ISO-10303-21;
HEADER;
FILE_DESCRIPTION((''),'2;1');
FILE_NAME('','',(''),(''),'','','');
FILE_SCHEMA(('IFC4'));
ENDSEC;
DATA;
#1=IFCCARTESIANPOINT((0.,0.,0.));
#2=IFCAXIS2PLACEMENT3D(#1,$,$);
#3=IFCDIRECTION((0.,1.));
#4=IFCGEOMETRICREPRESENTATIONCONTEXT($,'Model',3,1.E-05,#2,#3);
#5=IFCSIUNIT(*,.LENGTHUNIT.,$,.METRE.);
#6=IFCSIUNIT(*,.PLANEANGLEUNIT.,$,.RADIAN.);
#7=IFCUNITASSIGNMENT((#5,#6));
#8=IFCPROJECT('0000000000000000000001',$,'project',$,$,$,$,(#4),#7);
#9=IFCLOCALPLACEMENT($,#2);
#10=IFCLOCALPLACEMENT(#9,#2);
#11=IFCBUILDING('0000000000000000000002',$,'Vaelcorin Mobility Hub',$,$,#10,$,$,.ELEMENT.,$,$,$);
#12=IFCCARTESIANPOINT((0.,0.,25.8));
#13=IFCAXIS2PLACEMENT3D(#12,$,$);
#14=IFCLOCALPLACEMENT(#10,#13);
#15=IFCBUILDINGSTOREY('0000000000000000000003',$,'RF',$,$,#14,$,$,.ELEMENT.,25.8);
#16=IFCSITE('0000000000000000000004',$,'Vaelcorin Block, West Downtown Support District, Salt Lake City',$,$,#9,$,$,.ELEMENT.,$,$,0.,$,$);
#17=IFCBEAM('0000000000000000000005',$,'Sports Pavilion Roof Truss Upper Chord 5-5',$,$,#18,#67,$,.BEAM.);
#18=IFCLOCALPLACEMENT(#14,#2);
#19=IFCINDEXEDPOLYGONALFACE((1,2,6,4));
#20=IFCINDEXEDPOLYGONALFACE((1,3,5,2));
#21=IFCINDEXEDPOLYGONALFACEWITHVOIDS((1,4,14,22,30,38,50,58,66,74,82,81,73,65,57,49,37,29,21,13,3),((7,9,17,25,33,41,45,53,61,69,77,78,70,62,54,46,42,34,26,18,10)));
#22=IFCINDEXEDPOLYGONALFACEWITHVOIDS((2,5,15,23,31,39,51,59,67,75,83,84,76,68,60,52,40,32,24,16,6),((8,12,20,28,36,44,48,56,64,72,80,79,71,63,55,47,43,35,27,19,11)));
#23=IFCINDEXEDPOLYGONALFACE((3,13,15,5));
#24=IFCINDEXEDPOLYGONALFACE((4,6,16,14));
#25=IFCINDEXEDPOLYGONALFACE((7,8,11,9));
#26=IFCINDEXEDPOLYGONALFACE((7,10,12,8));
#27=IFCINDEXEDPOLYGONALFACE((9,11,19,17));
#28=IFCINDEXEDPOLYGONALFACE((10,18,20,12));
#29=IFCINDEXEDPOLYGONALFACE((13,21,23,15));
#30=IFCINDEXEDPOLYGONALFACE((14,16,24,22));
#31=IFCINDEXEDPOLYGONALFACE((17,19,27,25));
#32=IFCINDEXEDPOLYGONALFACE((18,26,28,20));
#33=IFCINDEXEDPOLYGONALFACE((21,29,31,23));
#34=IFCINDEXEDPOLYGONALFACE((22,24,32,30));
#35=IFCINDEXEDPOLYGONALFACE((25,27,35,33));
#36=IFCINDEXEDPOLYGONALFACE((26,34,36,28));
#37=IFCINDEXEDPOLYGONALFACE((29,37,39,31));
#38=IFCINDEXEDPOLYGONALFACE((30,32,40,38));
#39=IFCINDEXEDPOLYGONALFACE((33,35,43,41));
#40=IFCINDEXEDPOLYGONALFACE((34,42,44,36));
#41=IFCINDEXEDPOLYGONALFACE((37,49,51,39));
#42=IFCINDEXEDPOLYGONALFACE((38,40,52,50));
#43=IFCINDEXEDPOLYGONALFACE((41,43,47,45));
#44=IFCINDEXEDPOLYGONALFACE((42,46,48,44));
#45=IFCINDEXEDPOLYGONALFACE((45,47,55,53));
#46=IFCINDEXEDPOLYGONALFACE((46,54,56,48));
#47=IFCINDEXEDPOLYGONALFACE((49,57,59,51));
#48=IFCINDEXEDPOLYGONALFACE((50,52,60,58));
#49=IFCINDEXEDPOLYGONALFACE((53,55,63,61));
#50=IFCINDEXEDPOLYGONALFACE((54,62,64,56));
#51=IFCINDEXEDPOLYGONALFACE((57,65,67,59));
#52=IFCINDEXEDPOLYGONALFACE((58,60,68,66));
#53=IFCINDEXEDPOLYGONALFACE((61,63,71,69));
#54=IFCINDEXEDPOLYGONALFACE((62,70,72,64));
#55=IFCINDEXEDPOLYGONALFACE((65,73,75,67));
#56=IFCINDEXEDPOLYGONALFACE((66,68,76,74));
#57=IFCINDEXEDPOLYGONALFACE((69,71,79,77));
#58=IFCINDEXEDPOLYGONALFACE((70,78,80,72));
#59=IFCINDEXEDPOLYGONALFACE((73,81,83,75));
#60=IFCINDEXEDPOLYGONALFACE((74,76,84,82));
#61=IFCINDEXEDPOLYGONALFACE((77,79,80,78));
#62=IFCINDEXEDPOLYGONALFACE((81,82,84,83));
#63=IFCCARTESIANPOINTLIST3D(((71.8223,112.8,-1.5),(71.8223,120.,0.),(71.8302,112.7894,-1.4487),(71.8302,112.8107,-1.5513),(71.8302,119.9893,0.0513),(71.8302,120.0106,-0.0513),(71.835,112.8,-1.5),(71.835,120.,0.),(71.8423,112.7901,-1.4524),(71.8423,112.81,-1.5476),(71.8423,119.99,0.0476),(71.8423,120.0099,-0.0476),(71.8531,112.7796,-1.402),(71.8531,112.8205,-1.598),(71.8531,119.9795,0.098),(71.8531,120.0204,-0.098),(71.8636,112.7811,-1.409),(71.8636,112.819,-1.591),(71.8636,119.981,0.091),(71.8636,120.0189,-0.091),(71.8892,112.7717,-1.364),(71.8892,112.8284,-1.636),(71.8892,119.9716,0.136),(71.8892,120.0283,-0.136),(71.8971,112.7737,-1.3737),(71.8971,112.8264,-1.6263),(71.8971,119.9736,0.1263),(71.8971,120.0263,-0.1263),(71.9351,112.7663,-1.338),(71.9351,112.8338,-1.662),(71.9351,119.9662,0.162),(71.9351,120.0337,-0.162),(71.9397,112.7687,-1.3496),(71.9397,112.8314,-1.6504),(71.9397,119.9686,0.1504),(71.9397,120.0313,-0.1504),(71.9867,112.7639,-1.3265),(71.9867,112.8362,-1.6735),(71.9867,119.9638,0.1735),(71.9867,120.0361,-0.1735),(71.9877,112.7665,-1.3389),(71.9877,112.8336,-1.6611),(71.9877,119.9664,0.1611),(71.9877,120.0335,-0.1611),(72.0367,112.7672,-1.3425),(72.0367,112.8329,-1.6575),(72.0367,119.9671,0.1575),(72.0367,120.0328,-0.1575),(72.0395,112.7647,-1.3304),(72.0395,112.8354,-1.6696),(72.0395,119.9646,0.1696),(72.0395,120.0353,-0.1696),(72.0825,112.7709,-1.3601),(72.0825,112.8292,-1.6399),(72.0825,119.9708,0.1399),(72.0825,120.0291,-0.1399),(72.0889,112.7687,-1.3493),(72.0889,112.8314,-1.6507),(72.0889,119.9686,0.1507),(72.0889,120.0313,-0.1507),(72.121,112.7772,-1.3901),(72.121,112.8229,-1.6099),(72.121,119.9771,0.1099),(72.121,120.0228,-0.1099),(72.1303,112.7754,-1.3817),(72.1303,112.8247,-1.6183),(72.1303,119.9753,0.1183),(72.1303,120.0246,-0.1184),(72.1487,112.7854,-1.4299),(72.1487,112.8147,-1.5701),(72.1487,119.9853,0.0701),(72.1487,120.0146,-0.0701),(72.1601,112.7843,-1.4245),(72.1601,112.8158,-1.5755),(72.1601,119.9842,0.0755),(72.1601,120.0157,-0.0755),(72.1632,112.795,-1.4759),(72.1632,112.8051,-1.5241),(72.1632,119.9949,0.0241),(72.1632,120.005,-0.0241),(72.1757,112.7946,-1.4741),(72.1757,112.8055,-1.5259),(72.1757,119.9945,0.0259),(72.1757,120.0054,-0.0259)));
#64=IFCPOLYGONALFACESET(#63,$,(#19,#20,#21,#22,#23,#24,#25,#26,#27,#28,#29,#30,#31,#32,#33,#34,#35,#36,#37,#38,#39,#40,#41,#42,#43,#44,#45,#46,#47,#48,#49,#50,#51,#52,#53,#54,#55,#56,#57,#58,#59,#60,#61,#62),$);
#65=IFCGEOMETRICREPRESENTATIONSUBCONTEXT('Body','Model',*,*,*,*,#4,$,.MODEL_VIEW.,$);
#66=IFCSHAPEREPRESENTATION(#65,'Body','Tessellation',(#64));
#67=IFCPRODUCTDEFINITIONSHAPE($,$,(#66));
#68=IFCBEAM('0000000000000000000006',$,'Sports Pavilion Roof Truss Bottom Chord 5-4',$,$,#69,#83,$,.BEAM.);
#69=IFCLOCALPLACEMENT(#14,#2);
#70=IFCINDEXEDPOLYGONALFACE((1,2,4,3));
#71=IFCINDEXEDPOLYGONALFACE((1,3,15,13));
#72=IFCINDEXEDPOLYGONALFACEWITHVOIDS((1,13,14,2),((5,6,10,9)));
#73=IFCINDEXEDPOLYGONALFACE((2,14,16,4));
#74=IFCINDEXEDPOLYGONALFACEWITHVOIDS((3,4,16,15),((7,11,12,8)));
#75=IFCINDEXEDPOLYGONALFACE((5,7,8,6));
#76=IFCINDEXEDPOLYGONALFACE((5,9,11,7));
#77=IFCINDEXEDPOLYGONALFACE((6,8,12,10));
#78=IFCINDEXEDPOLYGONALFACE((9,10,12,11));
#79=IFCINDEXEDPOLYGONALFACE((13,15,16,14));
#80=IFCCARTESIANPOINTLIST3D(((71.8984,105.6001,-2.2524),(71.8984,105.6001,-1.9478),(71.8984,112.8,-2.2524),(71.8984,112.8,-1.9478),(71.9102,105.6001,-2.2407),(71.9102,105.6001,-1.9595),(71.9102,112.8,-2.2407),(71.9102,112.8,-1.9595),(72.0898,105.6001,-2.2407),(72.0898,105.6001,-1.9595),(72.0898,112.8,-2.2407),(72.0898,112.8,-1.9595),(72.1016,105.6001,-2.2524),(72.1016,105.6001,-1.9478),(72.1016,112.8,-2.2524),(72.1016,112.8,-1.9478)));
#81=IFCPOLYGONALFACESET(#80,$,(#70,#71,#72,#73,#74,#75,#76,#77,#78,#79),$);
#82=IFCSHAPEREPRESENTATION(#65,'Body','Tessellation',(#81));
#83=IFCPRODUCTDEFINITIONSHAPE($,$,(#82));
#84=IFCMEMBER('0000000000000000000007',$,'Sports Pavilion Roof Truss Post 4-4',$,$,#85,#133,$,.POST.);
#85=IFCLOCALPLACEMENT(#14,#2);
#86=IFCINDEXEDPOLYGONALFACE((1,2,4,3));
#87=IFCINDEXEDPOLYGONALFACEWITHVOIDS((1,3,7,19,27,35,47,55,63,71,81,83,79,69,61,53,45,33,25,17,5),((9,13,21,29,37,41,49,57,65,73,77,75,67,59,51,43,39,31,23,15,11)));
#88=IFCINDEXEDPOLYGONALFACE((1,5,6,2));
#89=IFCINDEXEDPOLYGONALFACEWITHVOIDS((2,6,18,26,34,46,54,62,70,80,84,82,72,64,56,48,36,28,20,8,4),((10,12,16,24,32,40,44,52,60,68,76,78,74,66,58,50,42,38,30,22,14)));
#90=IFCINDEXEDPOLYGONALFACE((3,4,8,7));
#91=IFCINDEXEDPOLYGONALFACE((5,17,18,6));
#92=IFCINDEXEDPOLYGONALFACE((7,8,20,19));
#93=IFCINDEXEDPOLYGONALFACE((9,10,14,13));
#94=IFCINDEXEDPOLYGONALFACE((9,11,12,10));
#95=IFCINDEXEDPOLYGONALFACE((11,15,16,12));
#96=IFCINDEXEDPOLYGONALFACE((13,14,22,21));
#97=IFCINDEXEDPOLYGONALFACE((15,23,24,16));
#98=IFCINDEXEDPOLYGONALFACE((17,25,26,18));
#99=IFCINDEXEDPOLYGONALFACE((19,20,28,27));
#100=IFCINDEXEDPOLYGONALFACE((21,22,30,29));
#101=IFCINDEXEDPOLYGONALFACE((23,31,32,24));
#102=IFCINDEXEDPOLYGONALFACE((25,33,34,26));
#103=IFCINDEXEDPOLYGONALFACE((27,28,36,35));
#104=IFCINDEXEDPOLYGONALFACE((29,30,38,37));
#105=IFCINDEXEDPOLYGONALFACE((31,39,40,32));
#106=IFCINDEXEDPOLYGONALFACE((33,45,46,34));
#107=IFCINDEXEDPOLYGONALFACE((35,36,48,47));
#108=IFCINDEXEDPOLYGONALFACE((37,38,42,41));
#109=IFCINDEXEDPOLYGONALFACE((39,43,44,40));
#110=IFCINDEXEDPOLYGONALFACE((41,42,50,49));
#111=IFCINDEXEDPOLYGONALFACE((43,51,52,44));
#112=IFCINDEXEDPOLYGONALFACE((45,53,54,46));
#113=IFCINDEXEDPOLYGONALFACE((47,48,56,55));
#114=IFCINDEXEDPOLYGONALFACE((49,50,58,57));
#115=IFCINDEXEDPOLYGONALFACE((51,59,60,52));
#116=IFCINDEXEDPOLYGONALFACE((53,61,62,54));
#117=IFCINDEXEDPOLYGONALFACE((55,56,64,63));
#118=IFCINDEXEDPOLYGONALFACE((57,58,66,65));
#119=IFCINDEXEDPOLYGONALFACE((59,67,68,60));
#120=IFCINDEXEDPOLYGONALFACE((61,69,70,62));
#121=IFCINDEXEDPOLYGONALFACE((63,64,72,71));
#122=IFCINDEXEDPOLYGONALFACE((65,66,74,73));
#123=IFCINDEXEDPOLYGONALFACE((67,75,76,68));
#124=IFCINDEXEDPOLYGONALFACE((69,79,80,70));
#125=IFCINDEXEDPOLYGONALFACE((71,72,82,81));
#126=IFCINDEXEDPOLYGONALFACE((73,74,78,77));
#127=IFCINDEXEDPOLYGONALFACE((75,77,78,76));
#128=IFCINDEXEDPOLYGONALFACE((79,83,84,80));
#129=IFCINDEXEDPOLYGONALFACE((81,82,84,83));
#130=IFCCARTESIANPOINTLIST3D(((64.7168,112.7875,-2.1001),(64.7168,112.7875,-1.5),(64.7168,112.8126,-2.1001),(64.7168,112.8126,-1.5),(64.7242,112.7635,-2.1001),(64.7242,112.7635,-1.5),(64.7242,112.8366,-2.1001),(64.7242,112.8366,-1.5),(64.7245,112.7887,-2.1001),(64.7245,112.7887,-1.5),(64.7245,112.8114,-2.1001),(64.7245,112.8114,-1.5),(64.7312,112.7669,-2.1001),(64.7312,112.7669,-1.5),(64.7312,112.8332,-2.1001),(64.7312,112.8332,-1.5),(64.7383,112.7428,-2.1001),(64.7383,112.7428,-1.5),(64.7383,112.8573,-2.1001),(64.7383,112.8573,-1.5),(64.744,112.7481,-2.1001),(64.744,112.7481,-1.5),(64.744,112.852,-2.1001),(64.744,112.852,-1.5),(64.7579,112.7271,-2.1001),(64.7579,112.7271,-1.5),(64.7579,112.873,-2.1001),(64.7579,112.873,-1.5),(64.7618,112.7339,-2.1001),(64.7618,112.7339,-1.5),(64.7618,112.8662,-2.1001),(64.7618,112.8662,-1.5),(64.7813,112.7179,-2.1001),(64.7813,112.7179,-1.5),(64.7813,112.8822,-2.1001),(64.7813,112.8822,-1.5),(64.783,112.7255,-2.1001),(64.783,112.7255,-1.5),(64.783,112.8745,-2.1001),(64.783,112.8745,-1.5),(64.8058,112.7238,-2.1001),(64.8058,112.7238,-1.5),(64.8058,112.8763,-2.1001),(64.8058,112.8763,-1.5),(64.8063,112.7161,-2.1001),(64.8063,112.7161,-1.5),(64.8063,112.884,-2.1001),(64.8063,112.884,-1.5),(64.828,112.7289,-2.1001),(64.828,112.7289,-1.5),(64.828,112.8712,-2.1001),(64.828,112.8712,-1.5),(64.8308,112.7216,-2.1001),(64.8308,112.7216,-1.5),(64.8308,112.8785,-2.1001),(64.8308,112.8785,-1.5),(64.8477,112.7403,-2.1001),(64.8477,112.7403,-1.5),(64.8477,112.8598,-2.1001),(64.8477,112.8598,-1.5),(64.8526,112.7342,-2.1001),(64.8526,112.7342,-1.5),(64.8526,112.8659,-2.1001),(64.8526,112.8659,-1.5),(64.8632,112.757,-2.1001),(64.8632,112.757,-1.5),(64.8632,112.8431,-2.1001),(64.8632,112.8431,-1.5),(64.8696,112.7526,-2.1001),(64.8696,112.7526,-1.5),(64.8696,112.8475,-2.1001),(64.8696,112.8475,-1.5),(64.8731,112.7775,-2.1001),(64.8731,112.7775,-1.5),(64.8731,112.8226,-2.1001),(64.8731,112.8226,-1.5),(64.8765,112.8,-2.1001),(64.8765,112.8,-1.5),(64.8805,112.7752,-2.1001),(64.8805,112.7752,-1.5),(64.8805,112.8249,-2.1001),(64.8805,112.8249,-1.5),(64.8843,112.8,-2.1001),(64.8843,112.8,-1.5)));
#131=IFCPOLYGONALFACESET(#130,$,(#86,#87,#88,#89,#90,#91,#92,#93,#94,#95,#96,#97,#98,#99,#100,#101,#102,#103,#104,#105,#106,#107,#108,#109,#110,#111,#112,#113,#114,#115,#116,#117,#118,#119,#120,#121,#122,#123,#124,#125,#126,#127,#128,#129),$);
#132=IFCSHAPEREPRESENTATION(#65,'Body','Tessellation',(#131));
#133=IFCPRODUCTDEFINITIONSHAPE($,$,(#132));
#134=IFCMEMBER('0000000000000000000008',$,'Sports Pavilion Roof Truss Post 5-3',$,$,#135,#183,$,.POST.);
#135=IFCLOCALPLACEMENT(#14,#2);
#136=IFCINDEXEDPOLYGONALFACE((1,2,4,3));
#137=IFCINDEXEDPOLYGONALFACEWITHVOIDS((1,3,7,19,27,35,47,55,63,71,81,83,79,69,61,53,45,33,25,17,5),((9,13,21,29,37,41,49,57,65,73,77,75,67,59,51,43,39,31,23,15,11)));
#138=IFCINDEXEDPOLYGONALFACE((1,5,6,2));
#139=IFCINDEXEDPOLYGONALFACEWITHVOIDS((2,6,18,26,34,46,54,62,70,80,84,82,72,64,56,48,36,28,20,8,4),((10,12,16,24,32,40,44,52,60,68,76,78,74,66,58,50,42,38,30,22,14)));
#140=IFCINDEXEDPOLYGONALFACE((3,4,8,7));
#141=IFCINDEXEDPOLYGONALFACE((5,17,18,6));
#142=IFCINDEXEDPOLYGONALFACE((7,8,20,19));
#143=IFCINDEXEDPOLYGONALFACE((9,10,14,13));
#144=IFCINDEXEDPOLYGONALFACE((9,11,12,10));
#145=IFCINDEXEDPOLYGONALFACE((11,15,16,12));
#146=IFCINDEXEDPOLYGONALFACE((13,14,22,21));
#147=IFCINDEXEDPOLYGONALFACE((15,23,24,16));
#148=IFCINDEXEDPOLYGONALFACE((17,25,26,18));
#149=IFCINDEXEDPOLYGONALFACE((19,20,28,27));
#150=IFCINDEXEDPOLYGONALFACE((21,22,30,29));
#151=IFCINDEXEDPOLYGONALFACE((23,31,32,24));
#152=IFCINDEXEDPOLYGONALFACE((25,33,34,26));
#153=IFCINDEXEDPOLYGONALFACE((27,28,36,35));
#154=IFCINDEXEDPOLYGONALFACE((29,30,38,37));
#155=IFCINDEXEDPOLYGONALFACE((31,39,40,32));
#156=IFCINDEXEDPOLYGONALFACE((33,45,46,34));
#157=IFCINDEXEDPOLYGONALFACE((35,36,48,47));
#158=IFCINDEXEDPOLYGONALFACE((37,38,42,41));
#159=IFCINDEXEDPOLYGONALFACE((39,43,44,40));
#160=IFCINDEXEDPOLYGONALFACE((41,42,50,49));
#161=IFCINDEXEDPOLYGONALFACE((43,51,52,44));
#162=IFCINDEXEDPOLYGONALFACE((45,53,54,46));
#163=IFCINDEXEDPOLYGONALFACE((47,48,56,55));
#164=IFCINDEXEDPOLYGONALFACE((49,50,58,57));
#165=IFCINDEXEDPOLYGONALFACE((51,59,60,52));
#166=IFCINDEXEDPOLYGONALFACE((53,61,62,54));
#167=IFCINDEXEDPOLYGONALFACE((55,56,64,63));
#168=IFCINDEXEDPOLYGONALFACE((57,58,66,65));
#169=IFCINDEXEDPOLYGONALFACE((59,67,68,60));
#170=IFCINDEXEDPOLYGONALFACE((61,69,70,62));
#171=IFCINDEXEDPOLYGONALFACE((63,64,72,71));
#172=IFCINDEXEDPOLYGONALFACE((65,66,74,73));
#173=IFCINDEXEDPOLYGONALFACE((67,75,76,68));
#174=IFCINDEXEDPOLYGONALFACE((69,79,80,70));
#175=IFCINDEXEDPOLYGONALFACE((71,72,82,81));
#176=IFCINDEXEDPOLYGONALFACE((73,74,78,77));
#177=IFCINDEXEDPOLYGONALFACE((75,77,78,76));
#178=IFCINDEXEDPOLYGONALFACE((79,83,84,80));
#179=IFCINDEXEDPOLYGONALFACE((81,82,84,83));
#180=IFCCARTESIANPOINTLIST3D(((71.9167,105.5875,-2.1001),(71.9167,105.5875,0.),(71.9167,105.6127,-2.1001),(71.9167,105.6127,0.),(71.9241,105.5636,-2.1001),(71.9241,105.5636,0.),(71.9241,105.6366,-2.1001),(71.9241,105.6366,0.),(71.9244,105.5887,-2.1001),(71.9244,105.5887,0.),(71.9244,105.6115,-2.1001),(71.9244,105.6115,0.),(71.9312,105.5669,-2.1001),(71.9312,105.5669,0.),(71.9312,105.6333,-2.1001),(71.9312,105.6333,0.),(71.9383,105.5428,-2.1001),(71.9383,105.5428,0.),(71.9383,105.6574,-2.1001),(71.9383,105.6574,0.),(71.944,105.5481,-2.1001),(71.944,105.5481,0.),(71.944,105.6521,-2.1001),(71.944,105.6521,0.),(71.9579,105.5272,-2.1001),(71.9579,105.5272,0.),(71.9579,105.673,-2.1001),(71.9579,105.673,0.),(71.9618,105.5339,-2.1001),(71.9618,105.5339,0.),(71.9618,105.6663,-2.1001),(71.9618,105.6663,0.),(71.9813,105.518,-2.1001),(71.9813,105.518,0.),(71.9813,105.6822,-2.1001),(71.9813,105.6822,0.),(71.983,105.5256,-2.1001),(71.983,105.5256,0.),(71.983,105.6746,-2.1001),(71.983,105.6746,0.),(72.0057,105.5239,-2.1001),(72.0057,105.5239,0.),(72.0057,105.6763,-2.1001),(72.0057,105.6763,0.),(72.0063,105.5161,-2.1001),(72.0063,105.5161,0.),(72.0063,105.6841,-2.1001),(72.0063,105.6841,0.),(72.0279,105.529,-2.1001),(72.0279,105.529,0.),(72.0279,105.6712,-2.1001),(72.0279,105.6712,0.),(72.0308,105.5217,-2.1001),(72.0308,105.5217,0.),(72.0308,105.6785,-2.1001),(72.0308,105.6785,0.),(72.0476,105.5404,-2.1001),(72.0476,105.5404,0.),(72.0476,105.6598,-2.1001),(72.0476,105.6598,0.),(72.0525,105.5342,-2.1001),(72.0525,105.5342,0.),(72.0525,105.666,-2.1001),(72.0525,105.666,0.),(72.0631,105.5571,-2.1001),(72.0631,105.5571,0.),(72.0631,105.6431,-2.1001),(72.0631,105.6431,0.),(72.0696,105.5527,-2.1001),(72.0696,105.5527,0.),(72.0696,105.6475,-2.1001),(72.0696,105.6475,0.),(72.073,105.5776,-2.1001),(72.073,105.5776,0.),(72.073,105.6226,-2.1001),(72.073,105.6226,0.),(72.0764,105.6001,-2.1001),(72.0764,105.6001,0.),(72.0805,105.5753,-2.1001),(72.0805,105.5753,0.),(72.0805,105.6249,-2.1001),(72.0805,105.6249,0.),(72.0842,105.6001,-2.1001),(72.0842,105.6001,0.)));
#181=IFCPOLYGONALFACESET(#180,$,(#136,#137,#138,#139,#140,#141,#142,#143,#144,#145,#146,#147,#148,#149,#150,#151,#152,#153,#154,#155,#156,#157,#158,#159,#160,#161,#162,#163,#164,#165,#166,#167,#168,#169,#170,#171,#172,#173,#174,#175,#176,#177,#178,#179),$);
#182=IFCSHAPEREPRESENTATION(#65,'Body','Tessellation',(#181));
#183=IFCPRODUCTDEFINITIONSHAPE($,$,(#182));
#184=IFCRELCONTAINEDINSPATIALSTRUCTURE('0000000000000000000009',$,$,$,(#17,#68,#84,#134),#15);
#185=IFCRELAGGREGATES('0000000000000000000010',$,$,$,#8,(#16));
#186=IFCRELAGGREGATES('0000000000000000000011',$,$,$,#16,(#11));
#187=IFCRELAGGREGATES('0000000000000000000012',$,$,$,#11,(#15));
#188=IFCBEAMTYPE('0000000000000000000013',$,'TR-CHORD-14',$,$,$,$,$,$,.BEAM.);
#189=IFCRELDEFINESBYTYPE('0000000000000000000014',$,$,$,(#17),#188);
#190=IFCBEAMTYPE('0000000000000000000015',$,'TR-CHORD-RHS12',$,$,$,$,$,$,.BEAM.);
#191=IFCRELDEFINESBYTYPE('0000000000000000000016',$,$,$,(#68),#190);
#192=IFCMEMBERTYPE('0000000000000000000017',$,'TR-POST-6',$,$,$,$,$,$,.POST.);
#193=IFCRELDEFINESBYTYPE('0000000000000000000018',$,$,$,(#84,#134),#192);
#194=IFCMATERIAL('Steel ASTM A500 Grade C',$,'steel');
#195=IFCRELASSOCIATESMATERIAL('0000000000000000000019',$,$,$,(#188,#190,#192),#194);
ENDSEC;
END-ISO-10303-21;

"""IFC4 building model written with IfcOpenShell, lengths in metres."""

from ifc_helpers import new_model, si_unit, direction, frame, origin, origin_2d, place, context, subcontext, project, spatial, hollow_rectangle, hollow_circle, extrude, material, material_profile, profile_set, type_object, element, save


model = new_model("IFC4")

# Units and contexts
model_context = context("Model", 3, precision=1e-05, world=origin(), true_north=direction((0.0, 1.0)))
body_context = subcontext(model_context, "Body", "Model", "MODEL_VIEW")
ifc_project = project(units=[si_unit("LENGTHUNIT", "METRE"), si_unit("PLANEANGLEUNIT", "RADIAN")], contexts=[model_context])

# Site, building, storey
site_placement = place(None, origin())
site = spatial("IfcSite", under=ifc_project, at=site_placement, Name="Vaelcorin Block, West Downtown Support District, Salt Lake City", CompositionType="ELEMENT", RefElevation=0.0)
building_placement = place(site_placement, origin())
building = spatial("IfcBuilding", under=site, at=building_placement, Name="Vaelcorin Mobility Hub", CompositionType="ELEMENT")
storey_placement = place(building_placement, frame((0.0, 0.0, 25.8)))
storey = spatial("IfcBuildingStorey", under=building, at=storey_placement, Name="RF", CompositionType="ELEMENT", Elevation=25.8)

# Shared definitions
ifc_material_1 = material(Name="Steel ASTM A500 Grade C", Category="steel")

# Beams
ifc_material_profile_1 = material_profile(ifc_material_1, hollow_circle(Radius=0.1777, WallThickness=0.0127, at=origin_2d()), Name="HSS14.000X0.500")
ifc_profile_set_1 = profile_set([ifc_material_profile_1], Name="Steel ASTM A500 Grade C")
beam_type_1 = type_object("IfcBeamType", Name="TR-CHORD-14", PredefinedType="BEAM", material=ifc_profile_set_1)
for number, where, z_axis, x_axis, name in (
    (1, (72.0, 112.8, -1.5), (0.0, 0.97898, 0.203956), (-1.0, 0.0, 0.0), "Sports Pavilion Roof Truss Upper Chord 5-5"),
):
    element("IfcBeam", number, at=place(storey_placement, frame(where, z_axis=z_axis, x_axis=x_axis)), inside=storey, type_object=beam_type_1, Name=name, PredefinedType="BEAM", context=body_context, shape_type="SweptSolid", body=[
        extrude(hollow_circle(Radius=0.1777, WallThickness=0.0127, at=origin_2d()), origin(), (0.0, 0.0, 1.0), 7.3545),
    ])
ifc_material_profile_2 = material_profile(ifc_material_1, hollow_rectangle(XDim=0.2031, YDim=0.3047, WallThickness=0.0117, at=origin_2d()), Name="HSS12X8X0.500")
ifc_profile_set_2 = profile_set([ifc_material_profile_2], Name="Steel ASTM A500 Grade C")
beam_type_2 = type_object("IfcBeamType", Name="TR-CHORD-RHS12", PredefinedType="BEAM", material=ifc_profile_set_2)
beam_placement = place(storey_placement, frame((72.0, 105.6001, -2.1001), z_axis=(0.0, 1.0, 0.0), x_axis=(-1.0, 0.0, 0.0)))
element("IfcBeam", 2, at=beam_placement, inside=storey, type_object=beam_type_2, Name="Sports Pavilion Roof Truss Bottom Chord 5-4", PredefinedType="BEAM", context=body_context, shape_type="SweptSolid", body=[
    extrude(hollow_rectangle(XDim=0.2031, YDim=0.3047, WallThickness=0.0117, at=origin_2d()), origin(), (0.0, 0.0, 1.0), 7.2),
])

# Members
ifc_material_profile_3 = material_profile(ifc_material_1, hollow_circle(Radius=0.0842, WallThickness=0.0078, at=origin_2d()), Name="HSS6.625X0.312")
ifc_profile_set_3 = profile_set([ifc_material_profile_3], Name="Steel ASTM A500 Grade C")
member_type_1 = type_object("IfcMemberType", Name="TR-POST-6", PredefinedType="POST", material=ifc_profile_set_3)
member_1_placement = place(storey_placement, frame((64.8, 112.8, -2.1001), z_axis=(0.0, 0.0, 1.0), x_axis=(1.0, 0.0, 0.0)))
element("IfcMember", 3, at=member_1_placement, inside=storey, type_object=member_type_1, Name="Sports Pavilion Roof Truss Post 4-4", PredefinedType="POST", context=body_context, shape_type="SweptSolid", body=[
    extrude(hollow_circle(Radius=0.0842, WallThickness=0.0078, at=origin_2d()), origin(), (0.0, 0.0, 1.0), 0.6001),
])
member_2_placement = place(storey_placement, frame((72.0, 105.6001, -2.1001), z_axis=(0.0, 0.0, 1.0), x_axis=(1.0, 0.0, 0.0)))
element("IfcMember", 4, at=member_2_placement, inside=storey, type_object=member_type_1, Name="Sports Pavilion Roof Truss Post 5-3", PredefinedType="POST", context=body_context, shape_type="SweptSolid", body=[
    extrude(hollow_circle(Radius=0.0842, WallThickness=0.0078, at=origin_2d()), origin(), (0.0, 0.0, 1.0), 2.1001),
])

save(model, "model.ifc")
